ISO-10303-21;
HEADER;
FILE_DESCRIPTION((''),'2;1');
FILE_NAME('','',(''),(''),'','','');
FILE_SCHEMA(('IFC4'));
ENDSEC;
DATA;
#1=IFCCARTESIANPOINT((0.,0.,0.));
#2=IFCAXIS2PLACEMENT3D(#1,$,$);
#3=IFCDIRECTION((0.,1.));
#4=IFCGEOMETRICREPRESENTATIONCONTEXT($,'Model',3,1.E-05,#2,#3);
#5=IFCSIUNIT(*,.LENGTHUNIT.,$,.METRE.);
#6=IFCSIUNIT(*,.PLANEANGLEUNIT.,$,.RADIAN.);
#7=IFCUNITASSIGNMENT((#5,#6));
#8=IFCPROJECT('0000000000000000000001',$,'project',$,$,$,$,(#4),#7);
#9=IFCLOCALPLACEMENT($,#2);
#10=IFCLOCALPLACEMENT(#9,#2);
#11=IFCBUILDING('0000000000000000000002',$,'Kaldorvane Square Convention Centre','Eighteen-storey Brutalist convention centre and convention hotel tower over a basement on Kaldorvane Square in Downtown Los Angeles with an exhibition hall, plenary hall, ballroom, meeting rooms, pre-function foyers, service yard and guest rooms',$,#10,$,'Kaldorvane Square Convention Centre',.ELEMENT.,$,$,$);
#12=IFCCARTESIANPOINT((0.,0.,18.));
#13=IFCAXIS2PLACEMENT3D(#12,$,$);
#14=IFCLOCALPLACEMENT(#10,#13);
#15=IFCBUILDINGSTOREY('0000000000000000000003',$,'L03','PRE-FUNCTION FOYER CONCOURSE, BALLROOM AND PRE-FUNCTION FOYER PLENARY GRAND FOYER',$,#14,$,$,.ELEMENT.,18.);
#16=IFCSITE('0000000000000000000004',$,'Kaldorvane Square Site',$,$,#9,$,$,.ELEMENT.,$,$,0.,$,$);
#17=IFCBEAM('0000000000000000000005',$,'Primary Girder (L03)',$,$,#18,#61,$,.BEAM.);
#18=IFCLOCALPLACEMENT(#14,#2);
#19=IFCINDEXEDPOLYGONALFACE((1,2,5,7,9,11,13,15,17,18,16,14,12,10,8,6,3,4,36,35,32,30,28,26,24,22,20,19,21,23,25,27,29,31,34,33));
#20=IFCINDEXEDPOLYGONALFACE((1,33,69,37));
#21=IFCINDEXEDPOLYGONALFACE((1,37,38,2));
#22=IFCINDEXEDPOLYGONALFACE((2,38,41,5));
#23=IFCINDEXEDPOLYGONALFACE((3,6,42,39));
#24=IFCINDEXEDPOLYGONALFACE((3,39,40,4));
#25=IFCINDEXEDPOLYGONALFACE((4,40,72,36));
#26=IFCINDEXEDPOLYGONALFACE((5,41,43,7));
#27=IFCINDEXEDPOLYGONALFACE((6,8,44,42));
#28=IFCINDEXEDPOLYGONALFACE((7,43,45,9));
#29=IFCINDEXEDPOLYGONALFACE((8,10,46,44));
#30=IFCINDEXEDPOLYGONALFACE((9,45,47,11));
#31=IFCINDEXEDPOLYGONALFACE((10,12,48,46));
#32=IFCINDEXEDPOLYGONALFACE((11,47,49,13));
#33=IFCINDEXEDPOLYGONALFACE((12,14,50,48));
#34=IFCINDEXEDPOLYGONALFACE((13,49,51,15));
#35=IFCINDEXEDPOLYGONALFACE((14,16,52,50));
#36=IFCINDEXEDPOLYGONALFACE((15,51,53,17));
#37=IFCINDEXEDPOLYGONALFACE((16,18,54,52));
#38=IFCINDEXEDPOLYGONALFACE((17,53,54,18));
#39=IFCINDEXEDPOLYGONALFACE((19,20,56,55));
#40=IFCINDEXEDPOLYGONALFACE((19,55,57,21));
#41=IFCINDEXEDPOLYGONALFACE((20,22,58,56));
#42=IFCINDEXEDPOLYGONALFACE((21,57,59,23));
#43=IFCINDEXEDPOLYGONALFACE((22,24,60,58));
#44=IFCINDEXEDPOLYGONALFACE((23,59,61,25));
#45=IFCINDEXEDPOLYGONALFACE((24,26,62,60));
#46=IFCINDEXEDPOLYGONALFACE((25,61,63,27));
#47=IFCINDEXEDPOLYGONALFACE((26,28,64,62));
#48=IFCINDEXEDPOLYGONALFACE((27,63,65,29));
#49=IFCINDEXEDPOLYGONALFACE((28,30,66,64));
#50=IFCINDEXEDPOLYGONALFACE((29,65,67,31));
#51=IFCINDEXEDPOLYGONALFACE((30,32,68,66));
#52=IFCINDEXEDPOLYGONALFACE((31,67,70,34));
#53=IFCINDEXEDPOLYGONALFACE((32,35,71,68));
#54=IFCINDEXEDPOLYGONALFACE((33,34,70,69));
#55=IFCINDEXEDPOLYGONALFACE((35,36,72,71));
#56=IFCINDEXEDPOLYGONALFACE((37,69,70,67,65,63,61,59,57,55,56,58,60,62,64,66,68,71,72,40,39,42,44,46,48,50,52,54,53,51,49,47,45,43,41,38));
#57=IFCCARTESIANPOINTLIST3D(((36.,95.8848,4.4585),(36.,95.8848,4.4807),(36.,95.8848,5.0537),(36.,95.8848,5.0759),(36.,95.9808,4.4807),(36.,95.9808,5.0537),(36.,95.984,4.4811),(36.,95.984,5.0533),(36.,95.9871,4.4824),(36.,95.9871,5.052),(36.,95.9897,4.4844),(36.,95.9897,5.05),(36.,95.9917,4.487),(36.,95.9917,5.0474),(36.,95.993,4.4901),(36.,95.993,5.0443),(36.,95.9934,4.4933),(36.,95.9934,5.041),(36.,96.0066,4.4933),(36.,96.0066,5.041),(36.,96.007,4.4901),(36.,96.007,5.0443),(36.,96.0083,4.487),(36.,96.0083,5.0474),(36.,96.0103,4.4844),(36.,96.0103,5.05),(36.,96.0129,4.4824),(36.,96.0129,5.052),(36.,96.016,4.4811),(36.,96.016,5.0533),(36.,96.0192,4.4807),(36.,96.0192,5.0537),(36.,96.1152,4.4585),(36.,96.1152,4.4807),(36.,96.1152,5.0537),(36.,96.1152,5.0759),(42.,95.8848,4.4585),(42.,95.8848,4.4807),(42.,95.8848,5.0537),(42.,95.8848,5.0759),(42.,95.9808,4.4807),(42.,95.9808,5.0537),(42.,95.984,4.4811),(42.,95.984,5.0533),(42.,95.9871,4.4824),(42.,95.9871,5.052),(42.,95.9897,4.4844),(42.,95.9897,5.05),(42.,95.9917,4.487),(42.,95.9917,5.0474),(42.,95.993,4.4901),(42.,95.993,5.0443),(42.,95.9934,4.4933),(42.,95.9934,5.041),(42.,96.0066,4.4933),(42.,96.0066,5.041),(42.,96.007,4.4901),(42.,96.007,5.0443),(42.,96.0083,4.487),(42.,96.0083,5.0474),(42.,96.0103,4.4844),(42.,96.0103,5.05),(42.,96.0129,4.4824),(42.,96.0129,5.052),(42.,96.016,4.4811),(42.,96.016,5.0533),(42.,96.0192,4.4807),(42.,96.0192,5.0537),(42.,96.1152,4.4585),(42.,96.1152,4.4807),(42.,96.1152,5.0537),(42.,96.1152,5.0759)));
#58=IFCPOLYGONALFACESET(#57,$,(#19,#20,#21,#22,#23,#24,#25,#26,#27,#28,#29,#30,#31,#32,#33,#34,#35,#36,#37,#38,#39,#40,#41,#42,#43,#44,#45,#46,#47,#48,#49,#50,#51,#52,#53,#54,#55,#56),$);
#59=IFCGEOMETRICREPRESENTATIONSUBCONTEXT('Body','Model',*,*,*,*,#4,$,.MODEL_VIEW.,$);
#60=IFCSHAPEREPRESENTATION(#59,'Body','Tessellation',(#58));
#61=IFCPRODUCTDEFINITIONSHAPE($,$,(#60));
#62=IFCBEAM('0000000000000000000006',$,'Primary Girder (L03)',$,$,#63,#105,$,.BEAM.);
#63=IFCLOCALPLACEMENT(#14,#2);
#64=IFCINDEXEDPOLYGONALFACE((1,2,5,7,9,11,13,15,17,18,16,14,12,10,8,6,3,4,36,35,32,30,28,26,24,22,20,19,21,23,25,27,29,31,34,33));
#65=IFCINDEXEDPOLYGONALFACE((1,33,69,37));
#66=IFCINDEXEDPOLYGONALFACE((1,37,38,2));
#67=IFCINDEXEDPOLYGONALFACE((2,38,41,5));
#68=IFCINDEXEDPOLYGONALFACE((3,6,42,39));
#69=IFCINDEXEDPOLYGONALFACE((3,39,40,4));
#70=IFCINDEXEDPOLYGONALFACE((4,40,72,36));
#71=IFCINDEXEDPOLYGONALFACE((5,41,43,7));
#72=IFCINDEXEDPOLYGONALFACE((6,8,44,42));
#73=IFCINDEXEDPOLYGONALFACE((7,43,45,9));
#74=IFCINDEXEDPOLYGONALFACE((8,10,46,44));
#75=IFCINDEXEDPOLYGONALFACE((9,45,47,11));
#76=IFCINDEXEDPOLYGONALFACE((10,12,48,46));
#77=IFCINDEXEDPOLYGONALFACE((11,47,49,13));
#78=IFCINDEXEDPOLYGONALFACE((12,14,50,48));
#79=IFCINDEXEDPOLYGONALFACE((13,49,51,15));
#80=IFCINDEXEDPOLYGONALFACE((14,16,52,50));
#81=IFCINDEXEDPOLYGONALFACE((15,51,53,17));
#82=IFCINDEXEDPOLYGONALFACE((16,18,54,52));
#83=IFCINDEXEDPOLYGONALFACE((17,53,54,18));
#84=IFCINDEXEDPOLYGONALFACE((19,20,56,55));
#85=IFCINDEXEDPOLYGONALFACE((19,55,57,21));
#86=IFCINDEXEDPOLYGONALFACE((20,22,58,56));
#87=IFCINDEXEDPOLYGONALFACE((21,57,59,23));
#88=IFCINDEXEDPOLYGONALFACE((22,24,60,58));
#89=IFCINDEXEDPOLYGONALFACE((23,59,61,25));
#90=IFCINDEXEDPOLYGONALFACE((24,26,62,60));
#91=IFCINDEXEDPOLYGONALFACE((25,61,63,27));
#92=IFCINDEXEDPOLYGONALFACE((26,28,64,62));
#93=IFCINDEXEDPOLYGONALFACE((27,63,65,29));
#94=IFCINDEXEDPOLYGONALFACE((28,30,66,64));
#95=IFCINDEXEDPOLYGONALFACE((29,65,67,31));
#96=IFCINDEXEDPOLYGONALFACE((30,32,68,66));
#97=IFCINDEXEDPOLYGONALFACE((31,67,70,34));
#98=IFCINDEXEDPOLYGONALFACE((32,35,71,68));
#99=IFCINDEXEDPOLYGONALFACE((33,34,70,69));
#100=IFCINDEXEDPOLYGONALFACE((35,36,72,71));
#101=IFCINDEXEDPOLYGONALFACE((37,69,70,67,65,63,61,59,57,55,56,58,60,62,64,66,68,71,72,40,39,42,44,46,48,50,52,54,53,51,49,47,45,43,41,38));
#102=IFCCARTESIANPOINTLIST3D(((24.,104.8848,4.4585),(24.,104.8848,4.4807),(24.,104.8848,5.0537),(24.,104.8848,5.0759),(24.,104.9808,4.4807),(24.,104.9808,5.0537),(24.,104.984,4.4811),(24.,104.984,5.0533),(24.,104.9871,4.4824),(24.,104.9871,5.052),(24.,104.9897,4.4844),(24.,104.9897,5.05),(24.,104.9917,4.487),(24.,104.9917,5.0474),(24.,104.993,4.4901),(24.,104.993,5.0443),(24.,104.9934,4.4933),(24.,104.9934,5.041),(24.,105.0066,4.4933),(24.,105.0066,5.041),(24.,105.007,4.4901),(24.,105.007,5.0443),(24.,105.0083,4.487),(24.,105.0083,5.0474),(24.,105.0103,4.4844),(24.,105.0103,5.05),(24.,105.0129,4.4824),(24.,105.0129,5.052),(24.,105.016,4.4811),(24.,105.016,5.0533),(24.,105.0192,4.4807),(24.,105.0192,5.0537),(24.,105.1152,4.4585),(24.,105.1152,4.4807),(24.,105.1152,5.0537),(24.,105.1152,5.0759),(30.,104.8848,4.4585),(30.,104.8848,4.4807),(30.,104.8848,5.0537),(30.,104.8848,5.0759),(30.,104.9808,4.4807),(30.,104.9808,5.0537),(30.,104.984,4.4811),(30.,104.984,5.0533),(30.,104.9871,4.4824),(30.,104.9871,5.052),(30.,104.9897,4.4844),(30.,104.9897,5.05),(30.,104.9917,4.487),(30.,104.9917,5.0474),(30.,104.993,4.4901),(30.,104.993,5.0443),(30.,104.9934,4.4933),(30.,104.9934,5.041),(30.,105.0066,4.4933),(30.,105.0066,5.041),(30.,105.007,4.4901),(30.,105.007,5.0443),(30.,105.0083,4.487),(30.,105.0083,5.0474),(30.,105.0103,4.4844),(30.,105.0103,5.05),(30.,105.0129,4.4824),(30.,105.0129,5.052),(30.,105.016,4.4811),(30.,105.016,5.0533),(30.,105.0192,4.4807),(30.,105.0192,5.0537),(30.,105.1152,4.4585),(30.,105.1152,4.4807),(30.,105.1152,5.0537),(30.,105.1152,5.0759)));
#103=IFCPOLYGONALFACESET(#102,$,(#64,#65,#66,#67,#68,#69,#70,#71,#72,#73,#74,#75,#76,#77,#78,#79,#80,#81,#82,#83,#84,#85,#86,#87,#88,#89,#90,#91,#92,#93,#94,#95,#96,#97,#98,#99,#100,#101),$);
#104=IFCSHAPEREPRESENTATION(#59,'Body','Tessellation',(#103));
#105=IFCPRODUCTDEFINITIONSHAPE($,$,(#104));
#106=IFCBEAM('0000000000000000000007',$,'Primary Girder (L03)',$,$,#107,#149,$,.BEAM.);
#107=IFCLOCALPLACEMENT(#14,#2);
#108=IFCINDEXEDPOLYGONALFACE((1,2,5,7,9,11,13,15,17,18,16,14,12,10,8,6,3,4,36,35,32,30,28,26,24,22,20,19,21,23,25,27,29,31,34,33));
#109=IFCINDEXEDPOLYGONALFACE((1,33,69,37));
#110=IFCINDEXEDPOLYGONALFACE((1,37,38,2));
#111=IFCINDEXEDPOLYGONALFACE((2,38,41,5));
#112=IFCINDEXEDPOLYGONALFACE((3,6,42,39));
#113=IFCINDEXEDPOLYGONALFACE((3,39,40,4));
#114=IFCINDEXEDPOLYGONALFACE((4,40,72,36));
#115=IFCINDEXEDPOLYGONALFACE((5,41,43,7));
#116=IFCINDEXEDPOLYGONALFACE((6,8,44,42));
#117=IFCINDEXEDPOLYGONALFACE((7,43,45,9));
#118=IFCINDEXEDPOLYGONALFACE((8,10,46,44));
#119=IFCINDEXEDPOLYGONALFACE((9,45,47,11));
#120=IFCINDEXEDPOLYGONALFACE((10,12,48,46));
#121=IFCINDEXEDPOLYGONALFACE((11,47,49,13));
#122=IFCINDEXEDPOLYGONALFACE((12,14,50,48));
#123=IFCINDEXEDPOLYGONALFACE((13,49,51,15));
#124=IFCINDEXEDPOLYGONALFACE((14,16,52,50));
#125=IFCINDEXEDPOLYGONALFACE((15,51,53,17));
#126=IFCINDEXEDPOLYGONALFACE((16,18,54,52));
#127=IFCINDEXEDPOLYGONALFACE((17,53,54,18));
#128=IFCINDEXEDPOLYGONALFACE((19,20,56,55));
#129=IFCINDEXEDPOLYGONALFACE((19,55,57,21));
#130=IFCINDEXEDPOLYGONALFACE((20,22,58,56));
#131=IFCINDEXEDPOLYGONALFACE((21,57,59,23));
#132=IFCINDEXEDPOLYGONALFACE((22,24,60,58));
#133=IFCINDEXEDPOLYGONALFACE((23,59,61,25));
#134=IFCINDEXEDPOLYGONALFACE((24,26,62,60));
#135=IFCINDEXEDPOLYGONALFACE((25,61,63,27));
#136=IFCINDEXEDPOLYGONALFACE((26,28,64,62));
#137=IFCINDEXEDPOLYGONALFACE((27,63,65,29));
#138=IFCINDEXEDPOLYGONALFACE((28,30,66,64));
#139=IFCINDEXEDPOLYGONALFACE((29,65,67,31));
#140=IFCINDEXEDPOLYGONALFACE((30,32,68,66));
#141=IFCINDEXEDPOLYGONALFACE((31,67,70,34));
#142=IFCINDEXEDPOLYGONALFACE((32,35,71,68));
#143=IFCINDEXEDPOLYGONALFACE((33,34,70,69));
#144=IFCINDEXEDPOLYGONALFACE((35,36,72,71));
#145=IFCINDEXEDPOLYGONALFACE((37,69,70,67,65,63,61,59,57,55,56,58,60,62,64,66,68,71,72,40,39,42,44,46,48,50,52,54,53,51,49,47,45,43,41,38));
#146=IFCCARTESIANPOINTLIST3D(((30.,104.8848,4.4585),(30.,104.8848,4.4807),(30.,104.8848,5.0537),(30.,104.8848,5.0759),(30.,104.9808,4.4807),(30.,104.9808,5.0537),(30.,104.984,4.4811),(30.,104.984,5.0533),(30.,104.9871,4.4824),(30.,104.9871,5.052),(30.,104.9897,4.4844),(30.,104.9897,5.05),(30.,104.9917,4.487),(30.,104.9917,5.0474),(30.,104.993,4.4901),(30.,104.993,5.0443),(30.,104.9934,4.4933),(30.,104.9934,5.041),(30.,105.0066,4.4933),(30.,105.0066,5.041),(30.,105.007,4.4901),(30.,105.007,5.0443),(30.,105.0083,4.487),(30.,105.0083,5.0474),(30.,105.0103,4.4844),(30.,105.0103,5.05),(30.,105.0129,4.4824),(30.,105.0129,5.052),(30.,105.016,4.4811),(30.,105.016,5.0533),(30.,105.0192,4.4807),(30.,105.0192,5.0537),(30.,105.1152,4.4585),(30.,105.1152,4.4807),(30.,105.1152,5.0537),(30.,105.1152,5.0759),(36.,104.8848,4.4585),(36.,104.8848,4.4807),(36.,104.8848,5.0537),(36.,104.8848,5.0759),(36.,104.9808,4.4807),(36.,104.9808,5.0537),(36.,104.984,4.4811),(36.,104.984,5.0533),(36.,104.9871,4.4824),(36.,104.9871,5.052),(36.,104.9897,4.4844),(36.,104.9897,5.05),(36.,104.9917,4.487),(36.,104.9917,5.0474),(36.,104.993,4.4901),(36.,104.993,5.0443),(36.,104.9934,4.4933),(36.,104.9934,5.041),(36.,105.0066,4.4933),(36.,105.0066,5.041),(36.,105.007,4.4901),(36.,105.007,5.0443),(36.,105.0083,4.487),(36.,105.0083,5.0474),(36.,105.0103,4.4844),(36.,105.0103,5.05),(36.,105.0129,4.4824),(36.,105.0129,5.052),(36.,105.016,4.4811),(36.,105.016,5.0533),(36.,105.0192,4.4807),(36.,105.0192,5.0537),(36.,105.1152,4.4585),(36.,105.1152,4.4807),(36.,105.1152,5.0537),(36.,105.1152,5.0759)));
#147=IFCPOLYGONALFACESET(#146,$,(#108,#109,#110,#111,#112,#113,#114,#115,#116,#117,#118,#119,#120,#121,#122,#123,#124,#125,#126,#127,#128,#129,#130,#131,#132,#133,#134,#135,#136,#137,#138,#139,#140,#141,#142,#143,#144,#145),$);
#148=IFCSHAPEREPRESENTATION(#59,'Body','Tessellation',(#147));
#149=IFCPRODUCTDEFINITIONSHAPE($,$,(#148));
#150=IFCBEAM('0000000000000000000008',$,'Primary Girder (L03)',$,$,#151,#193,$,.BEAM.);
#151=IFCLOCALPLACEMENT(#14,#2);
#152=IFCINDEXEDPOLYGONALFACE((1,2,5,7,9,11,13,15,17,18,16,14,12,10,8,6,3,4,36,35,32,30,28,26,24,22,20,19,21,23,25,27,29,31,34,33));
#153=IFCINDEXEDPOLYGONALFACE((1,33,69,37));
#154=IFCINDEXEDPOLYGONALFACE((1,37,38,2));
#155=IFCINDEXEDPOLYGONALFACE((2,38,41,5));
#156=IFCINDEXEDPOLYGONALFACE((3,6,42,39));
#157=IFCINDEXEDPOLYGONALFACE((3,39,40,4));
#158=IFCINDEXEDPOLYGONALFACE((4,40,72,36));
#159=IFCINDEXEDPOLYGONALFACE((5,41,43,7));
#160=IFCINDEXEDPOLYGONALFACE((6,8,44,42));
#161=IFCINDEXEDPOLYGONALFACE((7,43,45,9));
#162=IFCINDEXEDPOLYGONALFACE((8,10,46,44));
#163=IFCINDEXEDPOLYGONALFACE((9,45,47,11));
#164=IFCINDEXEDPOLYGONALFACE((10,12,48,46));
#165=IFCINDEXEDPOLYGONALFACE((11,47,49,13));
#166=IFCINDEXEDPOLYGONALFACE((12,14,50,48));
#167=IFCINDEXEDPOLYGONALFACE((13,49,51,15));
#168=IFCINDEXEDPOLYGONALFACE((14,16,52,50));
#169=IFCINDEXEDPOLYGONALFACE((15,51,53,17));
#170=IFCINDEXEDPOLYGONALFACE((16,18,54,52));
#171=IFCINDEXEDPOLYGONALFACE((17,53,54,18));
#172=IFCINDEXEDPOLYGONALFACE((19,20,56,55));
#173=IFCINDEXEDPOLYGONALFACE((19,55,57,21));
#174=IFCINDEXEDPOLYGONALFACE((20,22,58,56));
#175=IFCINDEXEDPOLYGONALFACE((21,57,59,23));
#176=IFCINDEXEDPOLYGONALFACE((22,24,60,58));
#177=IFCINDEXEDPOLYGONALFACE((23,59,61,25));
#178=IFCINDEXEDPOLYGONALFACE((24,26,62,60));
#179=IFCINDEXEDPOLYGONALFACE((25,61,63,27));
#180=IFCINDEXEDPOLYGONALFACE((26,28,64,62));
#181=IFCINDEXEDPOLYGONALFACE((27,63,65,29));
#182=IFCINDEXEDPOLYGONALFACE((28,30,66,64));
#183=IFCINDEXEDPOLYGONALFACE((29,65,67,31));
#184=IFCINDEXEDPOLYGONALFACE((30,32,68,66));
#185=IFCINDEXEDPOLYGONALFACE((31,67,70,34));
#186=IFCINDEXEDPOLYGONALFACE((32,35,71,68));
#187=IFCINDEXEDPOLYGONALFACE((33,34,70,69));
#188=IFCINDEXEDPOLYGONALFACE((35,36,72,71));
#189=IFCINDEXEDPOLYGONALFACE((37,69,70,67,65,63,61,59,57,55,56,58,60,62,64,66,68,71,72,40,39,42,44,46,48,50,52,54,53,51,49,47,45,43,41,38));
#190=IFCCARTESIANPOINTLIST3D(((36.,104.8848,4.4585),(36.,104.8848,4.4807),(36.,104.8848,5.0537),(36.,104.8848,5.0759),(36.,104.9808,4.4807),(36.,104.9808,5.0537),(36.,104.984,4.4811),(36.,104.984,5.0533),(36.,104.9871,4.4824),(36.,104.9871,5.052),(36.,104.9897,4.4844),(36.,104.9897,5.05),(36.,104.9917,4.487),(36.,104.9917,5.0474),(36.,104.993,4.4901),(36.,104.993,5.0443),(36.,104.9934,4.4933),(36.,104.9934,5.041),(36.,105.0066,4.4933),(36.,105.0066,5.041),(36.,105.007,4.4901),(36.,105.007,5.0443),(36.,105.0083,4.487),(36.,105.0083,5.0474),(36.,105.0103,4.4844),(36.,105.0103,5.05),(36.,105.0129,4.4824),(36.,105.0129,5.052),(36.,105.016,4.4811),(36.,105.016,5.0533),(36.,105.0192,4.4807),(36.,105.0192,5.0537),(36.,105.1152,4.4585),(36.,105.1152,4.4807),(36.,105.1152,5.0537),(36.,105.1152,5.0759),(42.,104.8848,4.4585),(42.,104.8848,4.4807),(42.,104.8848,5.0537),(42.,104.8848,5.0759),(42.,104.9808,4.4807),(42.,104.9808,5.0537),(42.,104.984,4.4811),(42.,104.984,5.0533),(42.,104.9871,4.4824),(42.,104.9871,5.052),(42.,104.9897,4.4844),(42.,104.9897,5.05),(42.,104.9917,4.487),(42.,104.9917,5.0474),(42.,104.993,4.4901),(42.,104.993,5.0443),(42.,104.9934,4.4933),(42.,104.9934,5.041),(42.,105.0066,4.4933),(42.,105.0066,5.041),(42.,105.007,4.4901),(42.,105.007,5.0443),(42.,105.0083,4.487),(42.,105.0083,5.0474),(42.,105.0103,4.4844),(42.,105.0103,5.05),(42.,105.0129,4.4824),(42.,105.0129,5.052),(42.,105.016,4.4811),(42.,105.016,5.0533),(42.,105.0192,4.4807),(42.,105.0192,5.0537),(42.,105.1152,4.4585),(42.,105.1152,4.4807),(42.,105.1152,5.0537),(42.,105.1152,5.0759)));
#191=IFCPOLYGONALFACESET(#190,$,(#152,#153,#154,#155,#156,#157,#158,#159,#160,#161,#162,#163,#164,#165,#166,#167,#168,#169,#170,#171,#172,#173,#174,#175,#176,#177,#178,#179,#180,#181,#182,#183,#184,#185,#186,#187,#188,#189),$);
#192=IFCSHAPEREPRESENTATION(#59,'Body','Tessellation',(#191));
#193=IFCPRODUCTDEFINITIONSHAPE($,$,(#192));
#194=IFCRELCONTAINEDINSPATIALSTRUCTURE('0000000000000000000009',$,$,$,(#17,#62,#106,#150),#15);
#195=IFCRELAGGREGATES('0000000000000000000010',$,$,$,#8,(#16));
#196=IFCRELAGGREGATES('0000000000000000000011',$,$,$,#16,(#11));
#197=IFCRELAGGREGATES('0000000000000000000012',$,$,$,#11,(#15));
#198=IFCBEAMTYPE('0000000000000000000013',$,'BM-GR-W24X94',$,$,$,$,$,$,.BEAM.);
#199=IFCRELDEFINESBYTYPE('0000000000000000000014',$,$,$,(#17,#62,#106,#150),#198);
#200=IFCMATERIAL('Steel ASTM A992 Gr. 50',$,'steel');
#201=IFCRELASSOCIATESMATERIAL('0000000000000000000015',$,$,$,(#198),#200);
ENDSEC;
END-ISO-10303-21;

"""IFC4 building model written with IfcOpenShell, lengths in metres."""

from ifc_helpers import new_model, si_unit, direction, frame, origin, origin_2d, place, context, subcontext, project, spatial, i_section, extrude, material, material_profile, profile_set, type_object, element, save


model = new_model("IFC4")

# Units and contexts
model_context = context("Model", 3, precision=1e-05, world=origin(), true_north=direction((0.0, 1.0)))
body_context = subcontext(model_context, "Body", "Model", "MODEL_VIEW")
ifc_project = project(units=[si_unit("LENGTHUNIT", "METRE"), si_unit("PLANEANGLEUNIT", "RADIAN")], contexts=[model_context])

# Site, building, storey
site_placement = place(None, origin())
site = spatial("IfcSite", under=ifc_project, at=site_placement, Name="Kaldorvane Square Site", CompositionType="ELEMENT", RefElevation=0.0)
building_placement = place(site_placement, origin())
building = spatial("IfcBuilding", under=site, at=building_placement, Name="Kaldorvane Square Convention Centre", Description="Eighteen-storey Brutalist convention centre and convention hotel tower over a basement on Kaldorvane Square in Downtown Los Angeles with an exhibition hall, plenary hall, ballroom, meeting rooms, pre-function foyers, service yard and guest rooms", LongName="Kaldorvane Square Convention Centre", CompositionType="ELEMENT")
storey_placement = place(building_placement, frame((0.0, 0.0, 18.0)))
storey = spatial("IfcBuildingStorey", under=building, at=storey_placement, Name="L03", Description="PRE-FUNCTION FOYER CONCOURSE, BALLROOM AND PRE-FUNCTION FOYER PLENARY GRAND FOYER", CompositionType="ELEMENT", Elevation=18.0)

# Shared definitions
ifc_material_1 = material(Name="Steel ASTM A992 Gr. 50", Category="steel")

# Beams
ifc_material_profile_1 = material_profile(ifc_material_1, i_section(OverallWidth=0.2303, OverallDepth=0.6175, WebThickness=0.0131, FlangeThickness=0.0222, FilletRadius=0.0127, at=origin_2d()), Name="W24X94")
ifc_profile_set_1 = profile_set([ifc_material_profile_1], Name="Steel ASTM A992 Gr. 50")
beam_type_1 = type_object("IfcBeamType", Name="BM-GR-W24X94", PredefinedType="BEAM", material=ifc_profile_set_1)
for number, where, z_axis, x_axis, name in (
    (1, (36.0, 96.0, 4.7672), (1.0, 0.0, 0.0), (0.0, 1.0, 0.0), "Primary Girder (L03)"),
    (2, (24.0, 105.0, 4.7672), (1.0, 0.0, 0.0), (0.0, 1.0, 0.0), "Primary Girder (L03)"),
    (3, (30.0, 105.0, 4.7672), (1.0, 0.0, 0.0), (0.0, 1.0, 0.0), "Primary Girder (L03)"),
    (4, (36.0, 105.0, 4.7672), (1.0, 0.0, 0.0), (0.0, 1.0, 0.0), "Primary Girder (L03)"),
):
    element("IfcBeam", number, at=place(storey_placement, frame(where, z_axis=z_axis, x_axis=x_axis)), inside=storey, type_object=beam_type_1, Name=name, PredefinedType="BEAM", context=body_context, shape_type="SweptSolid", body=[
        extrude(i_section(OverallWidth=0.2303, OverallDepth=0.6175, WebThickness=0.0131, FlangeThickness=0.0222, FilletRadius=0.0127, at=origin_2d()), origin(), (0.0, 0.0, 1.0), 6.0),
    ])

save(model, "model.ifc")
